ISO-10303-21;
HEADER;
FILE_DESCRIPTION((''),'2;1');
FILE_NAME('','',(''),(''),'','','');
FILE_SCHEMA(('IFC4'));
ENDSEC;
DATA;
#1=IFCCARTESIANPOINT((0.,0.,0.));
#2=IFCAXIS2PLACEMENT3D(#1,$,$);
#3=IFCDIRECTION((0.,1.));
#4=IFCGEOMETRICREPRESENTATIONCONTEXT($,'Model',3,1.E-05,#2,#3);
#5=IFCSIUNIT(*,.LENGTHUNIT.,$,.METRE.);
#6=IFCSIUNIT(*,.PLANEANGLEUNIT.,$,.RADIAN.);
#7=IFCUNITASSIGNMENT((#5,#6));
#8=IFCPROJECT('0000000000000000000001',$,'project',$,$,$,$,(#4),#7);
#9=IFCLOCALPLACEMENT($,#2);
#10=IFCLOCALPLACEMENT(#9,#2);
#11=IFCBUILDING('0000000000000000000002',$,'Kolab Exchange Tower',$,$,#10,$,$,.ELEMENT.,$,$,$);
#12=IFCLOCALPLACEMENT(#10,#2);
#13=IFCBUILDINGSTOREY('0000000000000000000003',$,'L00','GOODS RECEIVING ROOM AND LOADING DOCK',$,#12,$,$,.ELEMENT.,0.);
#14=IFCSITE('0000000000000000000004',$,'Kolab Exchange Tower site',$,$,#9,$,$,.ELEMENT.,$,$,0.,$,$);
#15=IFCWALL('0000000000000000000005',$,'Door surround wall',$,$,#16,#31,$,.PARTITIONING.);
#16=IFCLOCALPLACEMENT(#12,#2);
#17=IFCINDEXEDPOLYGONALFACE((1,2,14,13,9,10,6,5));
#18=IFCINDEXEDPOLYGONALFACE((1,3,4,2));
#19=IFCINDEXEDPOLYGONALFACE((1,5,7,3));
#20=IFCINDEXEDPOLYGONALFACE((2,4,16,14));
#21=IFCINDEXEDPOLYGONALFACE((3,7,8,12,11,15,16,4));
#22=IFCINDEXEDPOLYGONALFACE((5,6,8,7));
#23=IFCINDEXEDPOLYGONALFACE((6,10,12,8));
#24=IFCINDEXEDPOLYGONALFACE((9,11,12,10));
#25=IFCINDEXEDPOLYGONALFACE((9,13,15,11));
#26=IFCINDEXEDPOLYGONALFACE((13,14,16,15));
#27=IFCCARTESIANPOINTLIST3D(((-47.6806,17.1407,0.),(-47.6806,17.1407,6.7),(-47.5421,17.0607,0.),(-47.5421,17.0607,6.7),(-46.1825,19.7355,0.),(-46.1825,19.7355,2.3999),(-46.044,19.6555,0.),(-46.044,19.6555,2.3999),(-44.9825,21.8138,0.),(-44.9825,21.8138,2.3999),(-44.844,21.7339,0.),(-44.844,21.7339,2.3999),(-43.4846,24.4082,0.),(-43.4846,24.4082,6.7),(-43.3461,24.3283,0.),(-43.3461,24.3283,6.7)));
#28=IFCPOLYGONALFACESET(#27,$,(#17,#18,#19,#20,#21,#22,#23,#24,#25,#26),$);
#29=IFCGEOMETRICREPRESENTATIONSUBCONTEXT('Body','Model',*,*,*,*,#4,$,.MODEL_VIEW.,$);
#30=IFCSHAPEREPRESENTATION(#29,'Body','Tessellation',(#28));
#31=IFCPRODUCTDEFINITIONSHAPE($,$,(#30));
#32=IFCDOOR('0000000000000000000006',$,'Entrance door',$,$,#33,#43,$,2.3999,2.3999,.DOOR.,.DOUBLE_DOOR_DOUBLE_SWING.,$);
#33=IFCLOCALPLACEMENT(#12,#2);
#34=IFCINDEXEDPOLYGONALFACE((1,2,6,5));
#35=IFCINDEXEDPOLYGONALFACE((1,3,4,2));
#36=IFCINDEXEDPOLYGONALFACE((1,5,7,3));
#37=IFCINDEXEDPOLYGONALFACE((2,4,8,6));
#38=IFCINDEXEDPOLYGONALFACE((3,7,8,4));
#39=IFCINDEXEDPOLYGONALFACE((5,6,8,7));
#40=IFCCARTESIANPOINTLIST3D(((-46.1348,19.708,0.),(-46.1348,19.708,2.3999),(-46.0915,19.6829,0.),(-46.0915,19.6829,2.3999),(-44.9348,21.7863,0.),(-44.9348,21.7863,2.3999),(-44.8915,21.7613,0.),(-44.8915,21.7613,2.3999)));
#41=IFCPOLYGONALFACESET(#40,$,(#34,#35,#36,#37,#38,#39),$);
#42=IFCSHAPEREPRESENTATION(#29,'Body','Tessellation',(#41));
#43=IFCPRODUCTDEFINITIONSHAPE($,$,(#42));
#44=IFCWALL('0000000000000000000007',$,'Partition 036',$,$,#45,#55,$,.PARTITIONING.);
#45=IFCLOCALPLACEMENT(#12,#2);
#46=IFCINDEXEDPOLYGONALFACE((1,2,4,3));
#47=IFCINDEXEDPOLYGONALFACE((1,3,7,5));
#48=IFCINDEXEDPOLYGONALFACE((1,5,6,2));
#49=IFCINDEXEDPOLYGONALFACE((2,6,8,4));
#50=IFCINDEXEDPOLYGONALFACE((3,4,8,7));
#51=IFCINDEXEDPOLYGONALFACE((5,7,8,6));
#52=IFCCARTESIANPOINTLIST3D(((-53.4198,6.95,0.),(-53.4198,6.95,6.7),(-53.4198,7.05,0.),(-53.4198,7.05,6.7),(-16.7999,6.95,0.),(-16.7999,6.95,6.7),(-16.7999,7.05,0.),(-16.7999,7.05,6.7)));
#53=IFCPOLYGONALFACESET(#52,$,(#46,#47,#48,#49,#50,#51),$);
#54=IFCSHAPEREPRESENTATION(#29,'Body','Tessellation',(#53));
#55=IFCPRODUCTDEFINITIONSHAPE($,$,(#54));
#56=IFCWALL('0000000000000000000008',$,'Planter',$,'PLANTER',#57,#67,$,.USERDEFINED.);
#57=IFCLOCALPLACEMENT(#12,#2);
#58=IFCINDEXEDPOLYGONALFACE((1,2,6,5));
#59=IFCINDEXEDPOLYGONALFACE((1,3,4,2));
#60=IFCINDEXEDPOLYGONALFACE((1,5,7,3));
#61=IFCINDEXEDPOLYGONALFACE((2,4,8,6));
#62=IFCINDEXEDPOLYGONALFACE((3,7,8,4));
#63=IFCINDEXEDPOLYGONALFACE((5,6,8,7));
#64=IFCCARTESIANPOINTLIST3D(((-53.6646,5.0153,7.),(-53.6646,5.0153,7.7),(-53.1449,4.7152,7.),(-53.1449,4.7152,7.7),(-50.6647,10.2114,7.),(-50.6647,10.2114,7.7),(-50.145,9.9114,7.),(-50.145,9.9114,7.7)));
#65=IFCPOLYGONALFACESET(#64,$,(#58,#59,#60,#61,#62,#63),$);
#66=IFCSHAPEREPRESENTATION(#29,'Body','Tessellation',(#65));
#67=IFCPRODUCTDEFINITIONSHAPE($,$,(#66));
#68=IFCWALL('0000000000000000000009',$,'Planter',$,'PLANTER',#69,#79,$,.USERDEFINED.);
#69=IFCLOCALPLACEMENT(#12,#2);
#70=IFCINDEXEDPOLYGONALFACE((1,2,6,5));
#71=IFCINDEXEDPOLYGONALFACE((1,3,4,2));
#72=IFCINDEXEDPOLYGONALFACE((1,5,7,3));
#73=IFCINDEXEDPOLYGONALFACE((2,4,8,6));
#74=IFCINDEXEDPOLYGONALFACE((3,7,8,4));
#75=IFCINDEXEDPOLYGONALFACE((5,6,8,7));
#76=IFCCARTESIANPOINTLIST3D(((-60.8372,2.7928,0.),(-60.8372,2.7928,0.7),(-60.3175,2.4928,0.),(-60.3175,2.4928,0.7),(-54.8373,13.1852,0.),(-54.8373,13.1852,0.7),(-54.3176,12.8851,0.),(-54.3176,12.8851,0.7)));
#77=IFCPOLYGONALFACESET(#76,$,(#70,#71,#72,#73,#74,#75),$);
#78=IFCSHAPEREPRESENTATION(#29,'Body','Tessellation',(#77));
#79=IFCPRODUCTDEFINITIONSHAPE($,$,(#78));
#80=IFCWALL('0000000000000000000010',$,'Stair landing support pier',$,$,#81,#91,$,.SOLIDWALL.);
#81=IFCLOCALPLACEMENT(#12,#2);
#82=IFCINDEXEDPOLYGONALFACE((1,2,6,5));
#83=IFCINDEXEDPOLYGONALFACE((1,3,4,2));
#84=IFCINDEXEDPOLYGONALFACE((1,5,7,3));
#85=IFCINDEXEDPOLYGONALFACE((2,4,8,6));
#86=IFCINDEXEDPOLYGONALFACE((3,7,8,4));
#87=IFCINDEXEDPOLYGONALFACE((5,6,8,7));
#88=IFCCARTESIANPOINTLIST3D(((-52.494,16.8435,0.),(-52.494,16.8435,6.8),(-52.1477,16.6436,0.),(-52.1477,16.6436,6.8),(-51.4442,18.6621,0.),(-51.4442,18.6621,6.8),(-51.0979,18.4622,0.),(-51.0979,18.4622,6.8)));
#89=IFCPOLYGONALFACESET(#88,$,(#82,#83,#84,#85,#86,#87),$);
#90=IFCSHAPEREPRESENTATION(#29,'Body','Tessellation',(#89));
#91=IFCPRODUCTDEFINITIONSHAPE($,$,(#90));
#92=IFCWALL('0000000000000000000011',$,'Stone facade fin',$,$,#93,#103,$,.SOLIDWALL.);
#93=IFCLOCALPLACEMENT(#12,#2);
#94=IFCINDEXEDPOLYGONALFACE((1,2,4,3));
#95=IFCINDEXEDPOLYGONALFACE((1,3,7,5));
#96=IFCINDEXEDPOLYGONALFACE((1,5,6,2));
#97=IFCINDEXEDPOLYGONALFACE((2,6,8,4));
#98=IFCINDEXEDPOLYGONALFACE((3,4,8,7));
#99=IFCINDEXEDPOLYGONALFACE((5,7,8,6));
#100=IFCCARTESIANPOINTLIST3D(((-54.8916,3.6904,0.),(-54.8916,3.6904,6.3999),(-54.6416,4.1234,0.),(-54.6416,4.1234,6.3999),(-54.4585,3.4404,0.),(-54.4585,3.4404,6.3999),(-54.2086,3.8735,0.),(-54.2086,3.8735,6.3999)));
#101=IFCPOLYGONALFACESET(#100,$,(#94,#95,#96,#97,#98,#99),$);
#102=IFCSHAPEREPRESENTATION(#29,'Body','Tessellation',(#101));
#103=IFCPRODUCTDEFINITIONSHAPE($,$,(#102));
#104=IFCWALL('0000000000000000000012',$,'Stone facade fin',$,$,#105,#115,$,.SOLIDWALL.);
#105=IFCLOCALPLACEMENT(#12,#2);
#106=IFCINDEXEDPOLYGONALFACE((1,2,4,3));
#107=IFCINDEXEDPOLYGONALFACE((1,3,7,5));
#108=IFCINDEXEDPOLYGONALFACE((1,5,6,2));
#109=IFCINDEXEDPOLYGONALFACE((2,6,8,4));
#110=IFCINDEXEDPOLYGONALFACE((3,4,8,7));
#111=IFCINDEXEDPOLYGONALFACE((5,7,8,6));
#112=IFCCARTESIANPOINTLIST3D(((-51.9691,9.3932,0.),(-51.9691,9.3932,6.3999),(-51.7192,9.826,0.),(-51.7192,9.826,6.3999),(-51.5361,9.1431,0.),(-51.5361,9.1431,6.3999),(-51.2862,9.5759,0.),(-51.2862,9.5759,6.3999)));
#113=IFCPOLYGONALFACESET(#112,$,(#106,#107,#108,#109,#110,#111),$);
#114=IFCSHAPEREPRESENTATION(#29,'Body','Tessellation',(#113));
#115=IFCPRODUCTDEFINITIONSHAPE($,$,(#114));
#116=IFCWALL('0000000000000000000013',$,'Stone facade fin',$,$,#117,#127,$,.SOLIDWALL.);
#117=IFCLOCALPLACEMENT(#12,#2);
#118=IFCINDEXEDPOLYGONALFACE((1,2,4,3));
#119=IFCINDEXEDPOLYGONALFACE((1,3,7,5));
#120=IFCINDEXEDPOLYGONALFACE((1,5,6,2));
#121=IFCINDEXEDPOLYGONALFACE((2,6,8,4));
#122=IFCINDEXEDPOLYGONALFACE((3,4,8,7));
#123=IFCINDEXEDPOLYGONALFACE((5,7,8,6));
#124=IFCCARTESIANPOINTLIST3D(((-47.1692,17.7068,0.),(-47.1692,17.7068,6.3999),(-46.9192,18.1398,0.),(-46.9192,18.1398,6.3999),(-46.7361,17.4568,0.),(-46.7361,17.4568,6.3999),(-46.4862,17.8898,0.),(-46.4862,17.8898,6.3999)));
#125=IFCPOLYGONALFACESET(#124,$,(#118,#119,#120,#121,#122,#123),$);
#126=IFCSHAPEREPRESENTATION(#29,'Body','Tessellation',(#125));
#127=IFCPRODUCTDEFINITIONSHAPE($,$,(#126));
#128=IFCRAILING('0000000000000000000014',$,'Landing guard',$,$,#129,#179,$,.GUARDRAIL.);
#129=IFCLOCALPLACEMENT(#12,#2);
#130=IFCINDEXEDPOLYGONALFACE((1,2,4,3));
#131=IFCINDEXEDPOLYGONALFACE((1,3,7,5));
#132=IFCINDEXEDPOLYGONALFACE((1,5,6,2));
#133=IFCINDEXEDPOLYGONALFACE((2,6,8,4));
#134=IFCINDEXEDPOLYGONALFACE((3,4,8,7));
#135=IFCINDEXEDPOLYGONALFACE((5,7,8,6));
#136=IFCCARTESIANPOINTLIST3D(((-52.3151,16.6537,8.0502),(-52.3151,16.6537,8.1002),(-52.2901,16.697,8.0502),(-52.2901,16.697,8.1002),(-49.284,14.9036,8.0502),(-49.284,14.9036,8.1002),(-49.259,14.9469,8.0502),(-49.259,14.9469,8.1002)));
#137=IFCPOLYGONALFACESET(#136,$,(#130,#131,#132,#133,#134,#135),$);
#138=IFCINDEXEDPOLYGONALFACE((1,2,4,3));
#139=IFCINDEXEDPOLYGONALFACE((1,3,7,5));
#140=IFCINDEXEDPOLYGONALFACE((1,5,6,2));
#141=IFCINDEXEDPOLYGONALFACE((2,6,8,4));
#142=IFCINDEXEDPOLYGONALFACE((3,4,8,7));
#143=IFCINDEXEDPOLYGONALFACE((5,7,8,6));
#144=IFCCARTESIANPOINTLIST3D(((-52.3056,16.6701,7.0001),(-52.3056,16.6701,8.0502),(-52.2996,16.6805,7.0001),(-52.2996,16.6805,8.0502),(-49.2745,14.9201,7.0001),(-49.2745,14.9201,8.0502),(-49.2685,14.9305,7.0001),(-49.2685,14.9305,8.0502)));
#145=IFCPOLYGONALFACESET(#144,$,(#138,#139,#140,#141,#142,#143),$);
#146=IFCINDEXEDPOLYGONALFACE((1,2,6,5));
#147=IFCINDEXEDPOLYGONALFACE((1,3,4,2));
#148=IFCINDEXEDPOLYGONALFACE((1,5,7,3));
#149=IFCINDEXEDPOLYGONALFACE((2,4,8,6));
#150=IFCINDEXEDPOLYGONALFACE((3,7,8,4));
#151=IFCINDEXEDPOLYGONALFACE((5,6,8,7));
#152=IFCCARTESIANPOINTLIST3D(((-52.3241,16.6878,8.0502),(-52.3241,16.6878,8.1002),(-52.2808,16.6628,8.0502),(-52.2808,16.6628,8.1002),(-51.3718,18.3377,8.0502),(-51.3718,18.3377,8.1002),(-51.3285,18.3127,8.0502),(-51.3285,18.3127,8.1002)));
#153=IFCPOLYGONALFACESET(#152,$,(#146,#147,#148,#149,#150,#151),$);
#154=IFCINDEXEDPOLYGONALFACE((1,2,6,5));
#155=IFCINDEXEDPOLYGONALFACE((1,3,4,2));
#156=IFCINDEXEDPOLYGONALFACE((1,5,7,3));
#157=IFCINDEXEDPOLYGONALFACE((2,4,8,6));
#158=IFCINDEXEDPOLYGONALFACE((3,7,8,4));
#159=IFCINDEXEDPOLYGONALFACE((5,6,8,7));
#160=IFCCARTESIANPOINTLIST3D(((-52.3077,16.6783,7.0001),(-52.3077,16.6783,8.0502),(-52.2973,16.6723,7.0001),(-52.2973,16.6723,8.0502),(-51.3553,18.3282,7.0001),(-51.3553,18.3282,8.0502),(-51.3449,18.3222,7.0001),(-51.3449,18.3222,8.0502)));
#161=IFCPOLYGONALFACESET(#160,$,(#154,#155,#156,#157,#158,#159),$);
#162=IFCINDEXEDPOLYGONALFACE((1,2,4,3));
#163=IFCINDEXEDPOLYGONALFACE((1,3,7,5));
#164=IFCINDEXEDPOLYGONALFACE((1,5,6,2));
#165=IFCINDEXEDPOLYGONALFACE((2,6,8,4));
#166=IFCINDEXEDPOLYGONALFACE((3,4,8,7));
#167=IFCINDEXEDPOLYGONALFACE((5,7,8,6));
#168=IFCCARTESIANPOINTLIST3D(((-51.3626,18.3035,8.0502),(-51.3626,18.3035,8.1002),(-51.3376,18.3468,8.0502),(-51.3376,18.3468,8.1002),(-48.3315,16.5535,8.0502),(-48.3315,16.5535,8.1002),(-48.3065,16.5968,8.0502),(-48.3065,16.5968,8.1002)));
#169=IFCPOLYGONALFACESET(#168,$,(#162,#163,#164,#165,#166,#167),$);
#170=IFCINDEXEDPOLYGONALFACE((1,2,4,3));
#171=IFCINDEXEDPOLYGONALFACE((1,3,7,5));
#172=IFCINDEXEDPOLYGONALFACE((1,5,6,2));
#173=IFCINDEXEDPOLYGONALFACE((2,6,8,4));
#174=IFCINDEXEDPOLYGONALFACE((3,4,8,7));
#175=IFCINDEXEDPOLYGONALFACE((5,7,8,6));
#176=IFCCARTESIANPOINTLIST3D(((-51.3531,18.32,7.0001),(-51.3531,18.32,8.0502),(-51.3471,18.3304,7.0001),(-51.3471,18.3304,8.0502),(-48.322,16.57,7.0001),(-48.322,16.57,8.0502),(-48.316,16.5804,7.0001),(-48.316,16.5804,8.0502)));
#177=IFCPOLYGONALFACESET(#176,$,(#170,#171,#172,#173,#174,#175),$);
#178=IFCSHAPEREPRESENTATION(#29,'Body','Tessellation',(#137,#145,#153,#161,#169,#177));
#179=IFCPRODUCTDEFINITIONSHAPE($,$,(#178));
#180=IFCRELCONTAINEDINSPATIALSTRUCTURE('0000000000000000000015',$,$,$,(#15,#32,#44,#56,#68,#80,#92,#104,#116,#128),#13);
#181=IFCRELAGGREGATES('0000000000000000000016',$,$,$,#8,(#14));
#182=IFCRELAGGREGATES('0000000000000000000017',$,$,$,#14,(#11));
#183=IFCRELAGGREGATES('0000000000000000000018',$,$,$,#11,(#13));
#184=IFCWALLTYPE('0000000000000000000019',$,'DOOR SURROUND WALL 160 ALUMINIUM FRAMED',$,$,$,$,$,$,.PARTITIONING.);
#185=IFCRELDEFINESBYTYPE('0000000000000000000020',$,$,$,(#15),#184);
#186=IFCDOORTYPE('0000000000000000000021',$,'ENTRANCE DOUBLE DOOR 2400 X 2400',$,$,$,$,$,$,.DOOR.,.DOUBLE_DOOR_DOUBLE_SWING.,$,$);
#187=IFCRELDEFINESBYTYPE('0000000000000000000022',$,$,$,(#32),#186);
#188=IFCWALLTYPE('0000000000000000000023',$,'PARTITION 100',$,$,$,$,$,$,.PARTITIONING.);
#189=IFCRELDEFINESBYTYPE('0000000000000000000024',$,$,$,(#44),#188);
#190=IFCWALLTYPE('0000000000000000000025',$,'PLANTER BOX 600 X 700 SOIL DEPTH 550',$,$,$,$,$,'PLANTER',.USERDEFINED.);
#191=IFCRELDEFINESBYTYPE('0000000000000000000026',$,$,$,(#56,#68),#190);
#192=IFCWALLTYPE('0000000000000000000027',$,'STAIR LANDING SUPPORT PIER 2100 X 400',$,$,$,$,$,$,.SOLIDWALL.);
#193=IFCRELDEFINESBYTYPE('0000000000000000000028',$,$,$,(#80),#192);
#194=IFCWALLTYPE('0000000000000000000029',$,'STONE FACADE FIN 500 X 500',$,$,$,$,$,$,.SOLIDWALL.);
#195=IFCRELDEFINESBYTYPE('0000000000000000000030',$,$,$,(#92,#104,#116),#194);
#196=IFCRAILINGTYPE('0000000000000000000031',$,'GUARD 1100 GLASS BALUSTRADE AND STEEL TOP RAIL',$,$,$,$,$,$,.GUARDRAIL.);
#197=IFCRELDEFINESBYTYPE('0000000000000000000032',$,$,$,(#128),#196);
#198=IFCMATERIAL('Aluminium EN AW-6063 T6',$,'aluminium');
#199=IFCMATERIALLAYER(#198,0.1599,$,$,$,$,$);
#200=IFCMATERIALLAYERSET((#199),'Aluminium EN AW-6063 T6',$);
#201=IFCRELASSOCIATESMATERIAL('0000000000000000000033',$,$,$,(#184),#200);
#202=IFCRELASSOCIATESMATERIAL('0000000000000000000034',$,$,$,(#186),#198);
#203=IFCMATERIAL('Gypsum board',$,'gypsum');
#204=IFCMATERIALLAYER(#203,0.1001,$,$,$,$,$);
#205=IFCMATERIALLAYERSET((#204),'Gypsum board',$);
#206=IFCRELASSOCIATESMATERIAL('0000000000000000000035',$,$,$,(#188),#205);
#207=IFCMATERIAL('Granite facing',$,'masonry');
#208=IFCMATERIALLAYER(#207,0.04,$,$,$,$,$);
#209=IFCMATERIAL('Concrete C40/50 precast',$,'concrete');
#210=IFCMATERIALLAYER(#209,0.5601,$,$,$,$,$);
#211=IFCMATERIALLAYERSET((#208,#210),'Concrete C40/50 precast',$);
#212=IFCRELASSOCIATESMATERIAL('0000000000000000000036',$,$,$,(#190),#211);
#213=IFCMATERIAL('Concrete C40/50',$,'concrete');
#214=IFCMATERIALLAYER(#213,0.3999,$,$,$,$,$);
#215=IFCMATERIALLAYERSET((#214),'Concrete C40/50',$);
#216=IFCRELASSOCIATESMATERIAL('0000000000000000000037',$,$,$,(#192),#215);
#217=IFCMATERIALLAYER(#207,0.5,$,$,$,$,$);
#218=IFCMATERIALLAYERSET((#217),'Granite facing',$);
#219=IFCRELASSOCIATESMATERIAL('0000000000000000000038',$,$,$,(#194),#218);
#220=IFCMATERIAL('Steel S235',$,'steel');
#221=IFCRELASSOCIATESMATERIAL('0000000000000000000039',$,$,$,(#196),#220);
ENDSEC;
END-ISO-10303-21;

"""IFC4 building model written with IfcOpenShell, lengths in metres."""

from ifc_helpers import new_model, si_unit, direction, frame, frame_2d, origin, origin_2d, place, context, subcontext, project, spatial, rectangle, extrude, material, layer, layer_set, type_object, element, fill, save


model = new_model("IFC4")

# Units and contexts
model_context = context("Model", 3, precision=1e-05, world=origin(), true_north=direction((0.0, 1.0)))
body_context = subcontext(model_context, "Body", "Model", "MODEL_VIEW")
ifc_project = project(units=[si_unit("LENGTHUNIT", "METRE"), si_unit("PLANEANGLEUNIT", "RADIAN")], contexts=[model_context])

# Site, building, storey
site_placement = place(None, origin())
site = spatial("IfcSite", under=ifc_project, at=site_placement, Name="Kolab Exchange Tower site", CompositionType="ELEMENT", RefElevation=0.0)
building_placement = place(site_placement, origin())
building = spatial("IfcBuilding", under=site, at=building_placement, Name="Kolab Exchange Tower", CompositionType="ELEMENT")
storey_placement = place(building_placement, origin())
storey = spatial("IfcBuildingStorey", under=building, at=storey_placement, Name="L00", Description="GOODS RECEIVING ROOM AND LOADING DOCK", CompositionType="ELEMENT", Elevation=0.0)

# Shared definitions
ifc_material_1 = material(Name="Aluminium EN AW-6063 T6", Category="aluminium")

# Wall, opening, door
ifc_layer_1 = layer(ifc_material_1, 0.1599)
ifc_layer_set_1 = layer_set([ifc_layer_1], Name="Aluminium EN AW-6063 T6")
wall_type_1 = type_object("IfcWallType", Name="DOOR SURROUND WALL 160 ALUMINIUM FRAMED", PredefinedType="PARTITIONING", material=ifc_layer_set_1)
door_type = type_object("IfcDoorType", Name="ENTRANCE DOUBLE DOOR 2400 X 2400", OperationType="DOUBLE_DOOR_DOUBLE_SWING", PredefinedType="DOOR", material=ifc_material_1)
wall_1_placement = place(storey_placement, frame((-47.6113, 17.1008, 0.0), z_axis=(0.0, 0.0, 1.0), x_axis=(0.50001, 0.86602, 0.0)))
wall_1 = element("IfcWall", 1, at=wall_1_placement, inside=storey, type_object=wall_type_1, Name="Door surround wall", PredefinedType="PARTITIONING", context=body_context, shape_type="SweptSolid", body=[
    extrude(rectangle(XDim=8.3918, YDim=0.1599, at=frame_2d((4.1958, 0.0))), origin(), (0.0, 0.0, 1.0), 6.7),
])
opening_1_placement = place(wall_1_placement, frame((2.9961, 0.0, 0.0)))
opening_1 = element("IfcOpeningElement", 2, at=opening_1_placement, cuts=wall_1, PredefinedType="OPENING", context=body_context, shape_type="SweptSolid", body=[
    extrude(rectangle(XDim=2.3999, YDim=2.3999, at=frame_2d((1.2, 1.2))), frame((0.0, 0.0898, 0.0), z_axis=(0.0, -1.0, 0.0), x_axis=(1.0, 0.0, 0.0)), (0.0, 0.0, 1.0), 0.1799),
])
door_1_placement = place(opening_1_placement, origin())
door_1 = element("IfcDoor", 3, at=door_1_placement, inside=storey, type_object=door_type, Name="Entrance door", OperationType="DOUBLE_DOOR_DOUBLE_SWING", OverallHeight=2.3999, OverallWidth=2.3999, PredefinedType="DOOR", context=body_context, shape_type="SweptSolid", body=[
    extrude(rectangle(XDim=2.3999, YDim=2.3999, at=frame_2d((1.2, 1.2))), frame((0.0, 0.0249, 0.0), z_axis=(0.0, -1.0, 0.0), x_axis=(1.0, 0.0, 0.0)), (0.0, 0.0, 1.0), 0.05),
])
fill(opening_1, door_1)

# Walls
ifc_material_2 = material(Name="Gypsum board", Category="gypsum")
ifc_layer_2 = layer(ifc_material_2, 0.1001)
ifc_layer_set_2 = layer_set([ifc_layer_2], Name="Gypsum board")
wall_type_2 = type_object("IfcWallType", Name="PARTITION 100", PredefinedType="PARTITIONING", material=ifc_layer_set_2)
wall_2_placement = place(storey_placement, frame((-53.4199, 7.0, 0.0), z_axis=(0.0, 0.0, 1.0), x_axis=(1.0, 0.0, 0.0)))
element("IfcWall", 4, at=wall_2_placement, inside=storey, type_object=wall_type_2, Name="Partition 036", PredefinedType="PARTITIONING", context=body_context, shape_type="SweptSolid", body=[
    extrude(rectangle(XDim=36.6199, YDim=0.1001, at=frame_2d((18.3101, 0.0))), origin(), (0.0, 0.0, 1.0), 6.7),
])
ifc_material_3 = material(Name="Granite facing", Category="masonry")
ifc_layer_3 = layer(ifc_material_3, 0.04)
ifc_material_4 = material(Name="Concrete C40/50 precast", Category="concrete")
ifc_layer_4 = layer(ifc_material_4, 0.5601)
ifc_layer_set_3 = layer_set([ifc_layer_3, ifc_layer_4], Name="Concrete C40/50 precast")
wall_type_3 = type_object("IfcWallType", Name="PLANTER BOX 600 X 700 SOIL DEPTH 550", ElementType="PLANTER", PredefinedType="USERDEFINED", material=ifc_layer_set_3)
wall_3_placement = place(storey_placement, frame((-53.4048, 4.8652, 7.0), z_axis=(0.0, 0.0, 1.0), x_axis=(0.49999, 0.866031, 0.0)))
element("IfcWall", 5, at=wall_3_placement, inside=storey, type_object=wall_type_3, Name="Planter", ObjectType="PLANTER", PredefinedType="USERDEFINED", context=body_context, shape_type="SweptSolid", body=[
    extrude(rectangle(XDim=6.0, YDim=0.6001, at=frame_2d((3.0, 0.0))), origin(), (0.0, 0.0, 1.0), 0.7),
])
wall_4_placement = place(storey_placement, frame((-60.5774, 2.6428, 0.0), z_axis=(0.0, 0.0, 1.0), x_axis=(0.499999, 0.866026, 0.0)))
element("IfcWall", 6, at=wall_4_placement, inside=storey, type_object=wall_type_3, Name="Planter", ObjectType="PLANTER", PredefinedType="USERDEFINED", context=body_context, shape_type="SweptSolid", body=[
    extrude(rectangle(XDim=12.0, YDim=0.6001, at=frame_2d((6.0, 0.0))), origin(), (0.0, 0.0, 1.0), 0.7),
])
ifc_material_5 = material(Name="Concrete C40/50", Category="concrete")
ifc_layer_5 = layer(ifc_material_5, 0.3999)
ifc_layer_set_4 = layer_set([ifc_layer_5], Name="Concrete C40/50")
wall_type_4 = type_object("IfcWallType", Name="STAIR LANDING SUPPORT PIER 2100 X 400", PredefinedType="SOLIDWALL", material=ifc_layer_set_4)
wall_5_placement = place(storey_placement, frame((-52.3208, 16.7437, 0.0), z_axis=(0.0, 0.0, 1.0), x_axis=(0.499941, 0.86606, 0.0)))
element("IfcWall", 7, at=wall_5_placement, inside=storey, type_object=wall_type_4, Name="Stair landing support pier", PredefinedType="SOLIDWALL", context=body_context, shape_type="SweptSolid", body=[
    extrude(rectangle(XDim=2.0999, YDim=0.3999, at=frame_2d((1.0498, 0.0))), origin(), (0.0, 0.0, 1.0), 6.8),
])
ifc_layer_6 = layer(ifc_material_3, 0.5)
ifc_layer_set_5 = layer_set([ifc_layer_6], Name="Granite facing")
wall_type_5 = type_object("IfcWallType", Name="STONE FACADE FIN 500 X 500", PredefinedType="SOLIDWALL", material=ifc_layer_set_5)
wall_6_placement = place(storey_placement, frame((-54.675, 3.5654, 0.0), z_axis=(0.0, 0.0, 1.0), x_axis=(0.49992, 0.866072, 0.0)))
element("IfcWall", 8, at=wall_6_placement, inside=storey, type_object=wall_type_5, Name="Stone facade fin", PredefinedType="SOLIDWALL", context=body_context, shape_type="SweptSolid", body=[
    extrude(rectangle(XDim=0.5, YDim=0.5, at=frame_2d((0.25, 0.0))), origin(), (0.0, 0.0, 1.0), 6.3999),
])
wall_7_placement = place(storey_placement, frame((-51.7527, 9.2681, 0.0), z_axis=(0.0, 0.0, 1.0), x_axis=(0.500131, 0.86595, 0.0)))
element("IfcWall", 9, at=wall_7_placement, inside=storey, type_object=wall_type_5, Name="Stone facade fin", PredefinedType="SOLIDWALL", context=body_context, shape_type="SweptSolid", body=[
    extrude(rectangle(XDim=0.4998, YDim=0.5, at=frame_2d((0.25, 0.0))), origin(), (0.0, 0.0, 1.0), 6.3999),
])
wall_8_placement = place(storey_placement, frame((-46.9526, 17.5818, 0.0), z_axis=(0.0, 0.0, 1.0), x_axis=(0.49992, 0.866072, 0.0)))
element("IfcWall", 10, at=wall_8_placement, inside=storey, type_object=wall_type_5, Name="Stone facade fin", PredefinedType="SOLIDWALL", context=body_context, shape_type="SweptSolid", body=[
    extrude(rectangle(XDim=0.5, YDim=0.5, at=frame_2d((0.25, 0.0))), origin(), (0.0, 0.0, 1.0), 6.3999),
])

# Railing
ifc_material_6 = material(Name="Steel S235", Category="steel")
railing_type = type_object("IfcRailingType", Name="GUARD 1100 GLASS BALUSTRADE AND STEEL TOP RAIL", PredefinedType="GUARDRAIL", material=ifc_material_6)
railing_placement = place(storey_placement, frame((-49.2715, 14.9253, 7.0)))
element("IfcRailing", 11, at=railing_placement, inside=storey, type_object=railing_type, Name="Landing guard", PredefinedType="GUARDRAIL", context=body_context, shape_type="SweptSolid", body=[
    extrude(rectangle(XDim=0.05, YDim=0.05, at=origin_2d()), frame((0.0, 0.0, 1.0752), z_axis=(-0.866019, 0.50001, 0.0), x_axis=(-0.50001, -0.866019, 0.0)), (0.0, 0.0, 1.0), 3.5),
    extrude(rectangle(XDim=0.012, YDim=1.0501, at=frame_2d((0.0, 0.5251))), frame((0.0, 0.0, 0.0), z_axis=(-0.866019, 0.50001, 0.0), x_axis=(-0.50001, -0.866019, 0.0)), (0.0, 0.0, 1.0), 3.5),
    extrude(rectangle(XDim=0.05, YDim=0.05, at=origin_2d()), frame((-3.031, 1.75, 1.0752), z_axis=(0.49993, 0.866066, 0.0), x_axis=(-0.866066, 0.49993, 0.0)), (0.0, 0.0, 1.0), 1.905),
    extrude(rectangle(XDim=0.012, YDim=1.0501, at=frame_2d((0.0, 0.5251))), frame((-3.031, 1.75, 0.0), z_axis=(0.49993, 0.866066, 0.0), x_axis=(-0.866066, 0.49993, 0.0)), (0.0, 0.0, 1.0), 1.905),
    extrude(rectangle(XDim=0.05, YDim=0.05, at=origin_2d()), frame((-2.0786, 3.3999, 1.0752), z_axis=(0.866019, -0.50001, 0.0), x_axis=(0.50001, 0.866019, 0.0)), (0.0, 0.0, 1.0), 3.5),
    extrude(rectangle(XDim=0.012, YDim=1.0501, at=frame_2d((0.0, 0.5251))), frame((-2.0786, 3.3999, 0.0), z_axis=(0.866019, -0.50001, 0.0), x_axis=(0.50001, 0.866019, 0.0)), (0.0, 0.0, 1.0), 3.5),
])

save(model, "model.ifc")
